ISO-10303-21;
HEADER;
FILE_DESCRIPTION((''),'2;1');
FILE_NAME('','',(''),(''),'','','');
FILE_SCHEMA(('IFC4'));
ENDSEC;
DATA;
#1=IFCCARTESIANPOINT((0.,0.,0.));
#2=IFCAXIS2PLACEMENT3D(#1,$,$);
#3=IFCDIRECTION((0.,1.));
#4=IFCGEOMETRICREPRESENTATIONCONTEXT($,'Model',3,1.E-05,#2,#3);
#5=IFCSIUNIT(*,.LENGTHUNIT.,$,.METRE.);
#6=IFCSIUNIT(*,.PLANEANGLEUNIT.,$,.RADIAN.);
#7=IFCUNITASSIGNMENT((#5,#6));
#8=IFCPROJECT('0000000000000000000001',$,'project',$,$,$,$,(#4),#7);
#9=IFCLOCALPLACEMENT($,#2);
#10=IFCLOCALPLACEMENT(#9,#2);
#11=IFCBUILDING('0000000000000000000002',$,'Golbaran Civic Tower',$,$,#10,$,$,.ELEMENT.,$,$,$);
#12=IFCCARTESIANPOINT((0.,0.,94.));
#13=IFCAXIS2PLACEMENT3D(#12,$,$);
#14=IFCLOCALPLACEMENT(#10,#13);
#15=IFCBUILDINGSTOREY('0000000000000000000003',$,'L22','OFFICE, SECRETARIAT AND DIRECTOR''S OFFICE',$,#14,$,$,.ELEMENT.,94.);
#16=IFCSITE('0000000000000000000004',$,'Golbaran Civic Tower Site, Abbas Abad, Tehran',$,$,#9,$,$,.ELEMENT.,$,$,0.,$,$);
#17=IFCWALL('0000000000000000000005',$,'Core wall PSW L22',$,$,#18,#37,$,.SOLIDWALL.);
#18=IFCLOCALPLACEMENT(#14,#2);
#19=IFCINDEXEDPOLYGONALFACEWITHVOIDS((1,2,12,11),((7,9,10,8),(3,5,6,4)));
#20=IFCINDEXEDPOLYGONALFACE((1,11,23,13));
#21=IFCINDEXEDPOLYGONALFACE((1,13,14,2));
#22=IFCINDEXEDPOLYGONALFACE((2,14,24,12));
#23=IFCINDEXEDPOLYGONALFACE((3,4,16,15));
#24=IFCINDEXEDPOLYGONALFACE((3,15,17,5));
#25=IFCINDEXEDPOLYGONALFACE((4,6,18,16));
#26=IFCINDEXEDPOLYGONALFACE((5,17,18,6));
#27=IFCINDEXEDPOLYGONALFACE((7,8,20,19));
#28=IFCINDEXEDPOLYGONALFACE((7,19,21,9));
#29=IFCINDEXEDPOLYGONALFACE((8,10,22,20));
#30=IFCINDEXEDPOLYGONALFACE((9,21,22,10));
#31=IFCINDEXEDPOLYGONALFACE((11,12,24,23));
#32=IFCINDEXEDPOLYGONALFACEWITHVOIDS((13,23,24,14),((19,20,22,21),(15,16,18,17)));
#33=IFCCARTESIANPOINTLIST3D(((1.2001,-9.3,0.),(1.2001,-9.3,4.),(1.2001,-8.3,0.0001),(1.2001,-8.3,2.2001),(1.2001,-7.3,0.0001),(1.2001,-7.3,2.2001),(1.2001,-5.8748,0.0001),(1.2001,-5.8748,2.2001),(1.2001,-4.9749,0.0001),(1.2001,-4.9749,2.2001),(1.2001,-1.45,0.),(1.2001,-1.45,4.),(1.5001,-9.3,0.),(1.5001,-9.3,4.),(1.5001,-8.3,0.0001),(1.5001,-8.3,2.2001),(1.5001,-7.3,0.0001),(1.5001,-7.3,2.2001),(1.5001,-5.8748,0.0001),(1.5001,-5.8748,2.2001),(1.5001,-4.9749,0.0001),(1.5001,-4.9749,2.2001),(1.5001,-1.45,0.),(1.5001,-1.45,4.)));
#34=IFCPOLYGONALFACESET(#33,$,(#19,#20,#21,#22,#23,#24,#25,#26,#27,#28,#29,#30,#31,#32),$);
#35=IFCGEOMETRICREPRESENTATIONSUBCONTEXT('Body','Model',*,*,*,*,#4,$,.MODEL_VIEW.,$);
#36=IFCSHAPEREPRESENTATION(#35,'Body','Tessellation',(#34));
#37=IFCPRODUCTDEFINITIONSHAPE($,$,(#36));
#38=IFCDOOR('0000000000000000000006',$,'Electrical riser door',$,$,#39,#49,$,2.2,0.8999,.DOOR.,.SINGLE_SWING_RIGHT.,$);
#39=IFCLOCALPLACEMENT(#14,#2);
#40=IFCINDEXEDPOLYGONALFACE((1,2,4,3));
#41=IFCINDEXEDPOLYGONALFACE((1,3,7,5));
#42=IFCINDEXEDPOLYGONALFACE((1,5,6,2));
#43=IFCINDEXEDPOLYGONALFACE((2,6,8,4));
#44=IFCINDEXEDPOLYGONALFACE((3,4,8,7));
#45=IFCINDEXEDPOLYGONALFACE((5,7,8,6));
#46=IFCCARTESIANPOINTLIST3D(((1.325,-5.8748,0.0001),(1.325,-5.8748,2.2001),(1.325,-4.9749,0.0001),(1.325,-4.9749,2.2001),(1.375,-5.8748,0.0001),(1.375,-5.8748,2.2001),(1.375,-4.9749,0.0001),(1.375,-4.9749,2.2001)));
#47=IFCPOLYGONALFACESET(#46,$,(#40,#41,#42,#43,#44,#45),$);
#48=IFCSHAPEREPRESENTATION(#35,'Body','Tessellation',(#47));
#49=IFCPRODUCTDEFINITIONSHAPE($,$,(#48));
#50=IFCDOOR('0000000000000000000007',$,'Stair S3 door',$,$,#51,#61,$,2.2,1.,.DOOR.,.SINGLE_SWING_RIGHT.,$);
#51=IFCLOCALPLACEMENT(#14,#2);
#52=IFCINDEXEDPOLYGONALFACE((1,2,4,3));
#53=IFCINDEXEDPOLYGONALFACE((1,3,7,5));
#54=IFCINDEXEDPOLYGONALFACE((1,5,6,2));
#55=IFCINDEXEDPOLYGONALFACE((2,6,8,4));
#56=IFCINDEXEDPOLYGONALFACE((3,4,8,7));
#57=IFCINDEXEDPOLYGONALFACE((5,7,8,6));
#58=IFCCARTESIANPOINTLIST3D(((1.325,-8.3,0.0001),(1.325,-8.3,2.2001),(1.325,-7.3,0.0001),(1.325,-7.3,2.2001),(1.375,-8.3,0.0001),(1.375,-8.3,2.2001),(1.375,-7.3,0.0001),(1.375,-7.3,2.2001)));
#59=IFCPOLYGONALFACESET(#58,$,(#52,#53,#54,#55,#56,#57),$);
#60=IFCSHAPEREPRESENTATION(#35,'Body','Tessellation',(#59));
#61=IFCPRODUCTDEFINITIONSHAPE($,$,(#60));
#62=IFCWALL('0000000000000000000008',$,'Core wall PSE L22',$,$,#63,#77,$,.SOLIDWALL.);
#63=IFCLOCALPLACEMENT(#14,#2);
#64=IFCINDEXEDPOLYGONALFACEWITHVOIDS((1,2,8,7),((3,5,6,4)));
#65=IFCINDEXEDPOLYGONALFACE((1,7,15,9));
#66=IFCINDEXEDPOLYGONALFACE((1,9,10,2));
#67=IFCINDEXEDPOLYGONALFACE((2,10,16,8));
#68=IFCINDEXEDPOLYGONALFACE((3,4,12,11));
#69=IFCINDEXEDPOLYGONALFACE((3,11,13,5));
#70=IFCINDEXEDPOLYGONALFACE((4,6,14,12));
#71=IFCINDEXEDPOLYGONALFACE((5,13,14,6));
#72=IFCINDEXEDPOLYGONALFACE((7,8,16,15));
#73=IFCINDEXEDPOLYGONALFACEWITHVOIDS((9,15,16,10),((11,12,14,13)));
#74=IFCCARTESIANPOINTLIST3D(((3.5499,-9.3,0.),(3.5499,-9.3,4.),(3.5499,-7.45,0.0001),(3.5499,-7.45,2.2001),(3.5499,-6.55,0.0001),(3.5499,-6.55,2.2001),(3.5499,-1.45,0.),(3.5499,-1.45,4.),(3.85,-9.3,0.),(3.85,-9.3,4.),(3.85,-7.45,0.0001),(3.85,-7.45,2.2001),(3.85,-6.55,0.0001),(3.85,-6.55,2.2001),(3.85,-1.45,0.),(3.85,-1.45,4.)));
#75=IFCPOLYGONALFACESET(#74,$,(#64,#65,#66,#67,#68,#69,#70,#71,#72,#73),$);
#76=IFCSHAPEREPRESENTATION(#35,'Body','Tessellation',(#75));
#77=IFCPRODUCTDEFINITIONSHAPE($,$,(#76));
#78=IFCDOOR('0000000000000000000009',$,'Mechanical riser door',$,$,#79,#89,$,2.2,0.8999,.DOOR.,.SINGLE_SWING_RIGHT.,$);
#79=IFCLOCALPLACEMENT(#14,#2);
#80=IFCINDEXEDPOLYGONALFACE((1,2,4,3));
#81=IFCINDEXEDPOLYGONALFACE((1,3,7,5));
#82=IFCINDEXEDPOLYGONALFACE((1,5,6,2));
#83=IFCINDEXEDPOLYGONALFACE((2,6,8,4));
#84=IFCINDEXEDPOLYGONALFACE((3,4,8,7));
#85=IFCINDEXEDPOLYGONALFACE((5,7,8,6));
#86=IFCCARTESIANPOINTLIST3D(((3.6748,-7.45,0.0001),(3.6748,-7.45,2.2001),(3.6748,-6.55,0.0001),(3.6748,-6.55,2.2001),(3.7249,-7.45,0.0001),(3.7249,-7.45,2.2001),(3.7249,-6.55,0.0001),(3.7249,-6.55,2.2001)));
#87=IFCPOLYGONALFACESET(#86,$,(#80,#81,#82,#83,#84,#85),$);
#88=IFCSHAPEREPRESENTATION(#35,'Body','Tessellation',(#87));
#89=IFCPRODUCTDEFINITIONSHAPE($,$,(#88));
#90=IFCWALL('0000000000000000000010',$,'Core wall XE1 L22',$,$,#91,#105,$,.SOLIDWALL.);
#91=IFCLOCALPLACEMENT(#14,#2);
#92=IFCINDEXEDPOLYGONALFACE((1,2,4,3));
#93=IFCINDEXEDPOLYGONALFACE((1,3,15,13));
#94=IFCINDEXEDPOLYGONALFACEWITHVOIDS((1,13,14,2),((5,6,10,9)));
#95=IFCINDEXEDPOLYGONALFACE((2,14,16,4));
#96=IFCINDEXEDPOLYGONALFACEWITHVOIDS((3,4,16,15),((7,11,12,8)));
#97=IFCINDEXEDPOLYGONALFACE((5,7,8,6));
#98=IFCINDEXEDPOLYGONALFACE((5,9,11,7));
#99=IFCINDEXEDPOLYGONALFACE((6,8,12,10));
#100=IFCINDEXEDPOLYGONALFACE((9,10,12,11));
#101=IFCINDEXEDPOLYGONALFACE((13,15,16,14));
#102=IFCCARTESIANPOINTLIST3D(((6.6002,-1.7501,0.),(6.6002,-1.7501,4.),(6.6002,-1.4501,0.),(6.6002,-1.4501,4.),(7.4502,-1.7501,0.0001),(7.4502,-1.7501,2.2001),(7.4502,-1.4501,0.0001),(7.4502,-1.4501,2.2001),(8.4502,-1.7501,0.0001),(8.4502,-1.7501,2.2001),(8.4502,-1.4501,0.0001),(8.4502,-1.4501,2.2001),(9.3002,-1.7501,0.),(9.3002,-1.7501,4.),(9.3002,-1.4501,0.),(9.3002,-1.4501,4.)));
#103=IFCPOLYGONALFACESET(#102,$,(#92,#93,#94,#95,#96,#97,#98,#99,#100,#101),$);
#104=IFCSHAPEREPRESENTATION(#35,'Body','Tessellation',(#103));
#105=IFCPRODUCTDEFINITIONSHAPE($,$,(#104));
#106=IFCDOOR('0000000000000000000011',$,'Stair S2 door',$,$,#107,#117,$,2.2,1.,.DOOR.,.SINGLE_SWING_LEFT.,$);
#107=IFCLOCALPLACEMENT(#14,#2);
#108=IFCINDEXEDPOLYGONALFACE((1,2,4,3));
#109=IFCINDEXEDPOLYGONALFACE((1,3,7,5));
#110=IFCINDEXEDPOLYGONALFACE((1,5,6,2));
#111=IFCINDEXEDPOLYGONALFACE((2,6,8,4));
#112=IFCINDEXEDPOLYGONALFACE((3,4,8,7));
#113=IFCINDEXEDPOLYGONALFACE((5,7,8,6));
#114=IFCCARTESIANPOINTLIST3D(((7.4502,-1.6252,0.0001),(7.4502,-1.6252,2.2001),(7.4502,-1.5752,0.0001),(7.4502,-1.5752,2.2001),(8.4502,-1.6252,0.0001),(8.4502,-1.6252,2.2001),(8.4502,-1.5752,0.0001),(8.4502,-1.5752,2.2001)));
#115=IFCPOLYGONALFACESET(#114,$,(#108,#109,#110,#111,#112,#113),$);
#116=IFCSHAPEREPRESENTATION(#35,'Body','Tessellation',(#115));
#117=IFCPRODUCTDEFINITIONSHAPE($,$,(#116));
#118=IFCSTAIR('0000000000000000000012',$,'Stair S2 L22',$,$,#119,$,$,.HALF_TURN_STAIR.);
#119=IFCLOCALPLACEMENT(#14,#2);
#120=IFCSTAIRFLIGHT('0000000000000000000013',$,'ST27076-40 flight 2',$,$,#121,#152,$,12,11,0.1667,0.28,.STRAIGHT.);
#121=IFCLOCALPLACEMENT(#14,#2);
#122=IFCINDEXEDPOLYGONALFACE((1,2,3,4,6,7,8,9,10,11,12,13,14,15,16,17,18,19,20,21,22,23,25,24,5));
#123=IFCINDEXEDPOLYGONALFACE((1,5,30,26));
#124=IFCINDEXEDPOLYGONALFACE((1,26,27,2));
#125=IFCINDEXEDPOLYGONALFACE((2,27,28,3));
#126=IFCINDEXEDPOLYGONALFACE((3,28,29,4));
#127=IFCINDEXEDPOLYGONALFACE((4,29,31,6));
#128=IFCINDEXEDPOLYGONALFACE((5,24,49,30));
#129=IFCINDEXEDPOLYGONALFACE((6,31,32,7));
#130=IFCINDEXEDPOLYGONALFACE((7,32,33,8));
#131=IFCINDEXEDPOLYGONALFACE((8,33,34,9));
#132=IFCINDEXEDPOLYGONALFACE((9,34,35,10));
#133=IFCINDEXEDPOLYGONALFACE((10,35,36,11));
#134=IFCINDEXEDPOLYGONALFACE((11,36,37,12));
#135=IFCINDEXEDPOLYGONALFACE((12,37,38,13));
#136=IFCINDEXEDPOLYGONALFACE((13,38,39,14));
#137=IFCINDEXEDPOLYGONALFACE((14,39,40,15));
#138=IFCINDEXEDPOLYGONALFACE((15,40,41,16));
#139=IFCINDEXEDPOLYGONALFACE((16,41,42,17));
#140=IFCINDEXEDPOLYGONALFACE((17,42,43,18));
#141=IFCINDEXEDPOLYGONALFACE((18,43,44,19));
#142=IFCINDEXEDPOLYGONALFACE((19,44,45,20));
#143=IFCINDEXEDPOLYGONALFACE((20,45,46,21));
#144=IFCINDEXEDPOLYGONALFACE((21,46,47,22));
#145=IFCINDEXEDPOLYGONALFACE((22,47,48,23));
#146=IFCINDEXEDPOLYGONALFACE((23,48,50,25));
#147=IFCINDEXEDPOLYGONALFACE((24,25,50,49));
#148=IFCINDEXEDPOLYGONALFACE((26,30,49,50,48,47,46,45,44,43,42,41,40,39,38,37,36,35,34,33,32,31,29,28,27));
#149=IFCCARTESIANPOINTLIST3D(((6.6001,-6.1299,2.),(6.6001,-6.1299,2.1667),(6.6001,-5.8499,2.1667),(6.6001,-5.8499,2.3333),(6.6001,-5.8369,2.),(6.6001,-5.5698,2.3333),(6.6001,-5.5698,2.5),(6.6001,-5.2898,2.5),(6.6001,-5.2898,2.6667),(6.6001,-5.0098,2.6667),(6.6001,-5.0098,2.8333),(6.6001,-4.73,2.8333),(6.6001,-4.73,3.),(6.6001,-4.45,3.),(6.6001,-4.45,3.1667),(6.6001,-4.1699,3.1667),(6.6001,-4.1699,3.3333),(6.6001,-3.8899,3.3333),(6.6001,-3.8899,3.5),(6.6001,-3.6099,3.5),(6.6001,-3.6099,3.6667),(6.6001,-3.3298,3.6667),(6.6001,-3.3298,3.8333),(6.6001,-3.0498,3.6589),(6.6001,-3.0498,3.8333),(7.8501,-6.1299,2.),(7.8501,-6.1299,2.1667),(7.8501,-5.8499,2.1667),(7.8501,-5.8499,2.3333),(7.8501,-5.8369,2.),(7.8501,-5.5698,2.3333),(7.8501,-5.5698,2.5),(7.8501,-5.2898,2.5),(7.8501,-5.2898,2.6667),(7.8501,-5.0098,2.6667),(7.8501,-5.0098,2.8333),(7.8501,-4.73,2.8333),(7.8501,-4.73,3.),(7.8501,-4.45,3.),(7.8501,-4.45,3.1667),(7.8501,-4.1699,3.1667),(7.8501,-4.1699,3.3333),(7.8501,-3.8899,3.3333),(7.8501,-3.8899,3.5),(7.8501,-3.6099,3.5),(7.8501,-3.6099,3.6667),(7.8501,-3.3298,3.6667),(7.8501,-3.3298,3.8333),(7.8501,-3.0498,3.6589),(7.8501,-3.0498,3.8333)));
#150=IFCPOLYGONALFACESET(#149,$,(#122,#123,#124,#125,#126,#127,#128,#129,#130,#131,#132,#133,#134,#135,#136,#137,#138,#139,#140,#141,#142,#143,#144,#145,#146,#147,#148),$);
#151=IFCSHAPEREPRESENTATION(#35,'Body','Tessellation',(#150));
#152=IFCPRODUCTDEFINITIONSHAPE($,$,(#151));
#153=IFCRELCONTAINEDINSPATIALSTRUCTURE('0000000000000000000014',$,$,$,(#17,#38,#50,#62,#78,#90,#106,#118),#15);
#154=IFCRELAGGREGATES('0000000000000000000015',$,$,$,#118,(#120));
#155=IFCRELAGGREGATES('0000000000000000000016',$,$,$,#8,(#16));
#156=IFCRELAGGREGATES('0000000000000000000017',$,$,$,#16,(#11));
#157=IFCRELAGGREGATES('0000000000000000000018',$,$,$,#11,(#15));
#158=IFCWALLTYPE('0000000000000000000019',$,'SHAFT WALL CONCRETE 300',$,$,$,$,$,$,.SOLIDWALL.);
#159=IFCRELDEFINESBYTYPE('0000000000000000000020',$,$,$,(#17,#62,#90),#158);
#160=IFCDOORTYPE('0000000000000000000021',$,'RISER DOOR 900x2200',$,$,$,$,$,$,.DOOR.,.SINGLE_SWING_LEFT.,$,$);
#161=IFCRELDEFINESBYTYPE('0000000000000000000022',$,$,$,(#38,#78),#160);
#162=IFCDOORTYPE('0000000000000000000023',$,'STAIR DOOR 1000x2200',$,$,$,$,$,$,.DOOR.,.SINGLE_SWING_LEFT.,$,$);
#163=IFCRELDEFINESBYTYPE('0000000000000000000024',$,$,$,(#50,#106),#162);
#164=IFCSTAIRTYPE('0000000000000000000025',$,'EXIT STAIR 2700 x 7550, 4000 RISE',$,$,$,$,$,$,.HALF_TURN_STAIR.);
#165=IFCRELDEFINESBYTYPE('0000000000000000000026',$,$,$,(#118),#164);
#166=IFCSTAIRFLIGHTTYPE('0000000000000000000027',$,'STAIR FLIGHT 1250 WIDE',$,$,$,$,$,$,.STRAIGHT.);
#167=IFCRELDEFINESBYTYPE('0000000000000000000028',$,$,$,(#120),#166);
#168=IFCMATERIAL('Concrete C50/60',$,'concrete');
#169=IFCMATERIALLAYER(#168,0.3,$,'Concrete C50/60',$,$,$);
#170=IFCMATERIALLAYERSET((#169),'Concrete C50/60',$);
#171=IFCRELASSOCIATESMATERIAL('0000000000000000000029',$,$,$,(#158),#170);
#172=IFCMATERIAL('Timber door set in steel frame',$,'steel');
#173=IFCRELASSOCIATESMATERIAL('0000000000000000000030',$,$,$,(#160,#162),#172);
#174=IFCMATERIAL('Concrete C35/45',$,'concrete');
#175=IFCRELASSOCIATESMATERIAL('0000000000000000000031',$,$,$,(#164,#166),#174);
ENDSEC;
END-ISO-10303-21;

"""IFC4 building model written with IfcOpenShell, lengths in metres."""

from ifc_helpers import new_model, si_unit, direction, frame, frame_2d, origin, place, context, subcontext, project, spatial, polyline, rectangle, outline, extrude, material, layer, layer_set, type_object, element, fill, aggregate, save


model = new_model("IFC4")

# Units and contexts
model_context = context("Model", 3, precision=1e-05, world=origin(), true_north=direction((0.0, 1.0)))
body_context = subcontext(model_context, "Body", "Model", "MODEL_VIEW")
ifc_project = project(units=[si_unit("LENGTHUNIT", "METRE"), si_unit("PLANEANGLEUNIT", "RADIAN")], contexts=[model_context])

# Site, building, storey
site_placement = place(None, origin())
site = spatial("IfcSite", under=ifc_project, at=site_placement, Name="Golbaran Civic Tower Site, Abbas Abad, Tehran", CompositionType="ELEMENT", RefElevation=0.0)
building_placement = place(site_placement, origin())
building = spatial("IfcBuilding", under=site, at=building_placement, Name="Golbaran Civic Tower", CompositionType="ELEMENT")
storey_placement = place(building_placement, frame((0.0, 0.0, 94.0)))
storey = spatial("IfcBuildingStorey", under=building, at=storey_placement, Name="L22", Description="OFFICE, SECRETARIAT AND DIRECTOR'S OFFICE", CompositionType="ELEMENT", Elevation=94.0)

# Shared definitions
ifc_material_1 = material(Name="Concrete C35/45", Category="concrete")

# Shared definitions
ifc_material_2 = material(Name="Timber door set in steel frame", Category="steel")

# Shared definitions
ifc_material_3 = material(Name="Concrete C50/60", Category="concrete")
ifc_layer_1 = layer(ifc_material_3, 0.3, Name="Concrete C50/60")
ifc_layer_set_1 = layer_set([ifc_layer_1], Name="Concrete C50/60")
wall_type_1 = type_object("IfcWallType", Name="SHAFT WALL CONCRETE 300", PredefinedType="SOLIDWALL", material=ifc_layer_set_1)

# Wall, openings, doors
wall_1_placement = place(storey_placement, frame((1.3501, -1.45, 0.0), z_axis=(0.0, 0.0, 1.0), x_axis=(0.0, -1.0, 0.0)))
wall_1 = element("IfcWall", 1, at=wall_1_placement, inside=storey, type_object=wall_type_1, Name="Core wall PSW L22", PredefinedType="SOLIDWALL", context=body_context, shape_type="SweptSolid", body=[
    extrude(rectangle(XDim=7.8501, YDim=0.3, at=frame_2d((3.925, 0.0))), origin(), (0.0, 0.0, 1.0), 4.0),
])
opening_1_placement = place(wall_1_placement, frame((5.8501, 0.0, 0.0)))
opening_1 = element("IfcOpeningElement", 2, at=opening_1_placement, cuts=wall_1, PredefinedType="OPENING", context=body_context, shape_type="SweptSolid", body=[
    extrude(rectangle(XDim=1.0, YDim=2.2, at=frame_2d((0.5, 1.1001))), frame((0.0, 0.1599, 0.0), z_axis=(0.0, -1.0, 0.0), x_axis=(1.0, 0.0, 0.0)), (0.0, 0.0, 1.0), 0.3201),
])
opening_2_placement = place(wall_1_placement, frame((3.5249, 0.0, 0.0)))
opening_2 = element("IfcOpeningElement", 3, at=opening_2_placement, cuts=wall_1, PredefinedType="OPENING", context=body_context, shape_type="SweptSolid", body=[
    extrude(rectangle(XDim=0.8999, YDim=2.2, at=frame_2d((0.45, 1.1001))), frame((0.0, 0.1599, 0.0), z_axis=(0.0, -1.0, 0.0), x_axis=(1.0, 0.0, 0.0)), (0.0, 0.0, 1.0), 0.3201),
])
door_type_1 = type_object("IfcDoorType", Name="RISER DOOR 900x2200", OperationType="SINGLE_SWING_LEFT", PredefinedType="DOOR", material=ifc_material_2)
door_1_placement = place(opening_2_placement, origin())
door_1 = element("IfcDoor", 4, at=door_1_placement, inside=storey, type_object=door_type_1, Name="Electrical riser door", OperationType="SINGLE_SWING_RIGHT", OverallHeight=2.2, OverallWidth=0.8999, PredefinedType="DOOR", context=body_context, shape_type="SweptSolid", body=[
    extrude(rectangle(XDim=0.8999, YDim=2.2, at=frame_2d((0.45, 1.1001))), frame((0.0, 0.0249, 0.0), z_axis=(0.0, -1.0, 0.0), x_axis=(1.0, 0.0, 0.0)), (0.0, 0.0, 1.0), 0.05),
])
fill(opening_2, door_1)
door_type_2 = type_object("IfcDoorType", Name="STAIR DOOR 1000x2200", OperationType="SINGLE_SWING_LEFT", PredefinedType="DOOR", material=ifc_material_2)
door_2_placement = place(opening_1_placement, origin())
door_2 = element("IfcDoor", 5, at=door_2_placement, inside=storey, type_object=door_type_2, Name="Stair S3 door", OperationType="SINGLE_SWING_RIGHT", OverallHeight=2.2, OverallWidth=1.0, PredefinedType="DOOR", context=body_context, shape_type="SweptSolid", body=[
    extrude(rectangle(XDim=1.0, YDim=2.2, at=frame_2d((0.5, 1.1001))), frame((0.0, 0.0249, 0.0), z_axis=(0.0, -1.0, 0.0), x_axis=(1.0, 0.0, 0.0)), (0.0, 0.0, 1.0), 0.05),
])
fill(opening_1, door_2)

# Walls, openings, doors
wall_2_placement = place(storey_placement, frame((3.7, -1.45, 0.0), z_axis=(0.0, 0.0, 1.0), x_axis=(0.0, -1.0, 0.0)))
wall_2 = element("IfcWall", 6, at=wall_2_placement, inside=storey, type_object=wall_type_1, Name="Core wall PSE L22", PredefinedType="SOLIDWALL", context=body_context, shape_type="SweptSolid", body=[
    extrude(rectangle(XDim=7.8501, YDim=0.3, at=frame_2d((3.925, 0.0))), origin(), (0.0, 0.0, 1.0), 4.0),
])
opening_3_placement = place(wall_2_placement, frame((5.1001, 0.0, 0.0)))
opening_3 = element("IfcOpeningElement", 7, at=opening_3_placement, cuts=wall_2, PredefinedType="OPENING", context=body_context, shape_type="SweptSolid", body=[
    extrude(rectangle(XDim=0.8999, YDim=2.2, at=frame_2d((0.45, 1.1001))), frame((0.0, 0.1599, 0.0), z_axis=(0.0, -1.0, 0.0), x_axis=(1.0, 0.0, 0.0)), (0.0, 0.0, 1.0), 0.3201),
])
door_3_placement = place(opening_3_placement, origin())
door_3 = element("IfcDoor", 8, at=door_3_placement, inside=storey, type_object=door_type_1, Name="Mechanical riser door", OperationType="SINGLE_SWING_RIGHT", OverallHeight=2.2, OverallWidth=0.8999, PredefinedType="DOOR", context=body_context, shape_type="SweptSolid", body=[
    extrude(rectangle(XDim=0.8999, YDim=2.2, at=frame_2d((0.45, 1.1001))), frame((0.0, 0.0249, 0.0), z_axis=(0.0, -1.0, 0.0), x_axis=(1.0, 0.0, 0.0)), (0.0, 0.0, 1.0), 0.05),
])
fill(opening_3, door_3)
wall_3_placement = place(storey_placement, frame((6.6001, -1.6001, 0.0), z_axis=(0.0, 0.0, 1.0), x_axis=(1.0, 0.0, 0.0)))
wall_3 = element("IfcWall", 9, at=wall_3_placement, inside=storey, type_object=wall_type_1, Name="Core wall XE1 L22", PredefinedType="SOLIDWALL", context=body_context, shape_type="SweptSolid", body=[
    extrude(rectangle(XDim=2.7, YDim=0.3, at=frame_2d((1.3501, 0.0))), origin(), (0.0, 0.0, 1.0), 4.0),
])
opening_4_placement = place(wall_3_placement, frame((0.8501, 0.0, 0.0)))
opening_4 = element("IfcOpeningElement", 10, at=opening_4_placement, cuts=wall_3, PredefinedType="OPENING", context=body_context, shape_type="SweptSolid", body=[
    extrude(rectangle(XDim=1.0, YDim=2.2, at=frame_2d((0.5, 1.1001))), frame((0.0, 0.1599, 0.0), z_axis=(0.0, -1.0, 0.0), x_axis=(1.0, 0.0, 0.0)), (0.0, 0.0, 1.0), 0.3201),
])
door_4_placement = place(opening_4_placement, origin())
door_4 = element("IfcDoor", 11, at=door_4_placement, inside=storey, type_object=door_type_2, Name="Stair S2 door", OperationType="SINGLE_SWING_LEFT", OverallHeight=2.2, OverallWidth=1.0, PredefinedType="DOOR", context=body_context, shape_type="SweptSolid", body=[
    extrude(rectangle(XDim=1.0, YDim=2.2, at=frame_2d((0.5, 1.1001))), frame((0.0, 0.0249, 0.0), z_axis=(0.0, -1.0, 0.0), x_axis=(1.0, 0.0, 0.0)), (0.0, 0.0, 1.0), 0.05),
])
fill(opening_4, door_4)

# Stair, stair flight
stair_type_1 = type_object("IfcStairType", Name="EXIT STAIR 2700 x 7550, 4000 RISE", PredefinedType="HALF_TURN_STAIR", material=ifc_material_1)
stair_1_placement = place(storey_placement, origin())
stair_1 = element("IfcStair", 12, at=stair_1_placement, inside=storey, type_object=stair_type_1, Name="Stair S2 L22", PredefinedType="HALF_TURN_STAIR")
stair_flight_type = type_object("IfcStairFlightType", Name="STAIR FLIGHT 1250 WIDE", PredefinedType="STRAIGHT", material=ifc_material_1)
stair_flight_placement = place(storey_placement, frame((7.2251, -6.1299, 2.0), z_axis=(0.0, 0.0, 1.0), x_axis=(0.0, 1.0, 0.0)))
stair_flight = element("IfcStairFlight", 13, at=stair_flight_placement, type_object=stair_flight_type, Name="ST27076-40 flight 2", NumberOfRisers=12, NumberOfTreads=11, PredefinedType="STRAIGHT", RiserHeight=0.1667, TreadLength=0.28, context=body_context, shape_type="SweptSolid", body=[
    extrude(outline(polyline([(0.0, 0.0), (0.0, 0.1667), (0.28, 0.1667), (0.28, 0.3333), (0.5601, 0.3333), (0.5601, 0.5), (0.8401, 0.5), (0.8401, 0.6667), (1.1201, 0.6667), (1.1201, 0.8333), (1.3999, 0.8333), (1.3999, 1.0), (1.6799, 1.0), (1.6799, 1.1667), (1.96, 1.1667), (1.96, 1.3333), (2.24, 1.3333), (2.24, 1.5), (2.52, 1.5), (2.52, 1.6667), (2.8, 1.6667), (2.8, 1.8333), (3.0801, 1.8333), (3.0801, 2.0), (3.0801, 1.6589), (0.293, 0.0), (0.0, 0.0)])), frame((0.0, 0.625, 0.0), z_axis=(0.0, -1.0, 0.0), x_axis=(1.0, 0.0, 0.0)), (0.0, 0.0, 1.0), 1.25),
])
aggregate(stair_1, [stair_flight])

save(model, "model.ifc")
